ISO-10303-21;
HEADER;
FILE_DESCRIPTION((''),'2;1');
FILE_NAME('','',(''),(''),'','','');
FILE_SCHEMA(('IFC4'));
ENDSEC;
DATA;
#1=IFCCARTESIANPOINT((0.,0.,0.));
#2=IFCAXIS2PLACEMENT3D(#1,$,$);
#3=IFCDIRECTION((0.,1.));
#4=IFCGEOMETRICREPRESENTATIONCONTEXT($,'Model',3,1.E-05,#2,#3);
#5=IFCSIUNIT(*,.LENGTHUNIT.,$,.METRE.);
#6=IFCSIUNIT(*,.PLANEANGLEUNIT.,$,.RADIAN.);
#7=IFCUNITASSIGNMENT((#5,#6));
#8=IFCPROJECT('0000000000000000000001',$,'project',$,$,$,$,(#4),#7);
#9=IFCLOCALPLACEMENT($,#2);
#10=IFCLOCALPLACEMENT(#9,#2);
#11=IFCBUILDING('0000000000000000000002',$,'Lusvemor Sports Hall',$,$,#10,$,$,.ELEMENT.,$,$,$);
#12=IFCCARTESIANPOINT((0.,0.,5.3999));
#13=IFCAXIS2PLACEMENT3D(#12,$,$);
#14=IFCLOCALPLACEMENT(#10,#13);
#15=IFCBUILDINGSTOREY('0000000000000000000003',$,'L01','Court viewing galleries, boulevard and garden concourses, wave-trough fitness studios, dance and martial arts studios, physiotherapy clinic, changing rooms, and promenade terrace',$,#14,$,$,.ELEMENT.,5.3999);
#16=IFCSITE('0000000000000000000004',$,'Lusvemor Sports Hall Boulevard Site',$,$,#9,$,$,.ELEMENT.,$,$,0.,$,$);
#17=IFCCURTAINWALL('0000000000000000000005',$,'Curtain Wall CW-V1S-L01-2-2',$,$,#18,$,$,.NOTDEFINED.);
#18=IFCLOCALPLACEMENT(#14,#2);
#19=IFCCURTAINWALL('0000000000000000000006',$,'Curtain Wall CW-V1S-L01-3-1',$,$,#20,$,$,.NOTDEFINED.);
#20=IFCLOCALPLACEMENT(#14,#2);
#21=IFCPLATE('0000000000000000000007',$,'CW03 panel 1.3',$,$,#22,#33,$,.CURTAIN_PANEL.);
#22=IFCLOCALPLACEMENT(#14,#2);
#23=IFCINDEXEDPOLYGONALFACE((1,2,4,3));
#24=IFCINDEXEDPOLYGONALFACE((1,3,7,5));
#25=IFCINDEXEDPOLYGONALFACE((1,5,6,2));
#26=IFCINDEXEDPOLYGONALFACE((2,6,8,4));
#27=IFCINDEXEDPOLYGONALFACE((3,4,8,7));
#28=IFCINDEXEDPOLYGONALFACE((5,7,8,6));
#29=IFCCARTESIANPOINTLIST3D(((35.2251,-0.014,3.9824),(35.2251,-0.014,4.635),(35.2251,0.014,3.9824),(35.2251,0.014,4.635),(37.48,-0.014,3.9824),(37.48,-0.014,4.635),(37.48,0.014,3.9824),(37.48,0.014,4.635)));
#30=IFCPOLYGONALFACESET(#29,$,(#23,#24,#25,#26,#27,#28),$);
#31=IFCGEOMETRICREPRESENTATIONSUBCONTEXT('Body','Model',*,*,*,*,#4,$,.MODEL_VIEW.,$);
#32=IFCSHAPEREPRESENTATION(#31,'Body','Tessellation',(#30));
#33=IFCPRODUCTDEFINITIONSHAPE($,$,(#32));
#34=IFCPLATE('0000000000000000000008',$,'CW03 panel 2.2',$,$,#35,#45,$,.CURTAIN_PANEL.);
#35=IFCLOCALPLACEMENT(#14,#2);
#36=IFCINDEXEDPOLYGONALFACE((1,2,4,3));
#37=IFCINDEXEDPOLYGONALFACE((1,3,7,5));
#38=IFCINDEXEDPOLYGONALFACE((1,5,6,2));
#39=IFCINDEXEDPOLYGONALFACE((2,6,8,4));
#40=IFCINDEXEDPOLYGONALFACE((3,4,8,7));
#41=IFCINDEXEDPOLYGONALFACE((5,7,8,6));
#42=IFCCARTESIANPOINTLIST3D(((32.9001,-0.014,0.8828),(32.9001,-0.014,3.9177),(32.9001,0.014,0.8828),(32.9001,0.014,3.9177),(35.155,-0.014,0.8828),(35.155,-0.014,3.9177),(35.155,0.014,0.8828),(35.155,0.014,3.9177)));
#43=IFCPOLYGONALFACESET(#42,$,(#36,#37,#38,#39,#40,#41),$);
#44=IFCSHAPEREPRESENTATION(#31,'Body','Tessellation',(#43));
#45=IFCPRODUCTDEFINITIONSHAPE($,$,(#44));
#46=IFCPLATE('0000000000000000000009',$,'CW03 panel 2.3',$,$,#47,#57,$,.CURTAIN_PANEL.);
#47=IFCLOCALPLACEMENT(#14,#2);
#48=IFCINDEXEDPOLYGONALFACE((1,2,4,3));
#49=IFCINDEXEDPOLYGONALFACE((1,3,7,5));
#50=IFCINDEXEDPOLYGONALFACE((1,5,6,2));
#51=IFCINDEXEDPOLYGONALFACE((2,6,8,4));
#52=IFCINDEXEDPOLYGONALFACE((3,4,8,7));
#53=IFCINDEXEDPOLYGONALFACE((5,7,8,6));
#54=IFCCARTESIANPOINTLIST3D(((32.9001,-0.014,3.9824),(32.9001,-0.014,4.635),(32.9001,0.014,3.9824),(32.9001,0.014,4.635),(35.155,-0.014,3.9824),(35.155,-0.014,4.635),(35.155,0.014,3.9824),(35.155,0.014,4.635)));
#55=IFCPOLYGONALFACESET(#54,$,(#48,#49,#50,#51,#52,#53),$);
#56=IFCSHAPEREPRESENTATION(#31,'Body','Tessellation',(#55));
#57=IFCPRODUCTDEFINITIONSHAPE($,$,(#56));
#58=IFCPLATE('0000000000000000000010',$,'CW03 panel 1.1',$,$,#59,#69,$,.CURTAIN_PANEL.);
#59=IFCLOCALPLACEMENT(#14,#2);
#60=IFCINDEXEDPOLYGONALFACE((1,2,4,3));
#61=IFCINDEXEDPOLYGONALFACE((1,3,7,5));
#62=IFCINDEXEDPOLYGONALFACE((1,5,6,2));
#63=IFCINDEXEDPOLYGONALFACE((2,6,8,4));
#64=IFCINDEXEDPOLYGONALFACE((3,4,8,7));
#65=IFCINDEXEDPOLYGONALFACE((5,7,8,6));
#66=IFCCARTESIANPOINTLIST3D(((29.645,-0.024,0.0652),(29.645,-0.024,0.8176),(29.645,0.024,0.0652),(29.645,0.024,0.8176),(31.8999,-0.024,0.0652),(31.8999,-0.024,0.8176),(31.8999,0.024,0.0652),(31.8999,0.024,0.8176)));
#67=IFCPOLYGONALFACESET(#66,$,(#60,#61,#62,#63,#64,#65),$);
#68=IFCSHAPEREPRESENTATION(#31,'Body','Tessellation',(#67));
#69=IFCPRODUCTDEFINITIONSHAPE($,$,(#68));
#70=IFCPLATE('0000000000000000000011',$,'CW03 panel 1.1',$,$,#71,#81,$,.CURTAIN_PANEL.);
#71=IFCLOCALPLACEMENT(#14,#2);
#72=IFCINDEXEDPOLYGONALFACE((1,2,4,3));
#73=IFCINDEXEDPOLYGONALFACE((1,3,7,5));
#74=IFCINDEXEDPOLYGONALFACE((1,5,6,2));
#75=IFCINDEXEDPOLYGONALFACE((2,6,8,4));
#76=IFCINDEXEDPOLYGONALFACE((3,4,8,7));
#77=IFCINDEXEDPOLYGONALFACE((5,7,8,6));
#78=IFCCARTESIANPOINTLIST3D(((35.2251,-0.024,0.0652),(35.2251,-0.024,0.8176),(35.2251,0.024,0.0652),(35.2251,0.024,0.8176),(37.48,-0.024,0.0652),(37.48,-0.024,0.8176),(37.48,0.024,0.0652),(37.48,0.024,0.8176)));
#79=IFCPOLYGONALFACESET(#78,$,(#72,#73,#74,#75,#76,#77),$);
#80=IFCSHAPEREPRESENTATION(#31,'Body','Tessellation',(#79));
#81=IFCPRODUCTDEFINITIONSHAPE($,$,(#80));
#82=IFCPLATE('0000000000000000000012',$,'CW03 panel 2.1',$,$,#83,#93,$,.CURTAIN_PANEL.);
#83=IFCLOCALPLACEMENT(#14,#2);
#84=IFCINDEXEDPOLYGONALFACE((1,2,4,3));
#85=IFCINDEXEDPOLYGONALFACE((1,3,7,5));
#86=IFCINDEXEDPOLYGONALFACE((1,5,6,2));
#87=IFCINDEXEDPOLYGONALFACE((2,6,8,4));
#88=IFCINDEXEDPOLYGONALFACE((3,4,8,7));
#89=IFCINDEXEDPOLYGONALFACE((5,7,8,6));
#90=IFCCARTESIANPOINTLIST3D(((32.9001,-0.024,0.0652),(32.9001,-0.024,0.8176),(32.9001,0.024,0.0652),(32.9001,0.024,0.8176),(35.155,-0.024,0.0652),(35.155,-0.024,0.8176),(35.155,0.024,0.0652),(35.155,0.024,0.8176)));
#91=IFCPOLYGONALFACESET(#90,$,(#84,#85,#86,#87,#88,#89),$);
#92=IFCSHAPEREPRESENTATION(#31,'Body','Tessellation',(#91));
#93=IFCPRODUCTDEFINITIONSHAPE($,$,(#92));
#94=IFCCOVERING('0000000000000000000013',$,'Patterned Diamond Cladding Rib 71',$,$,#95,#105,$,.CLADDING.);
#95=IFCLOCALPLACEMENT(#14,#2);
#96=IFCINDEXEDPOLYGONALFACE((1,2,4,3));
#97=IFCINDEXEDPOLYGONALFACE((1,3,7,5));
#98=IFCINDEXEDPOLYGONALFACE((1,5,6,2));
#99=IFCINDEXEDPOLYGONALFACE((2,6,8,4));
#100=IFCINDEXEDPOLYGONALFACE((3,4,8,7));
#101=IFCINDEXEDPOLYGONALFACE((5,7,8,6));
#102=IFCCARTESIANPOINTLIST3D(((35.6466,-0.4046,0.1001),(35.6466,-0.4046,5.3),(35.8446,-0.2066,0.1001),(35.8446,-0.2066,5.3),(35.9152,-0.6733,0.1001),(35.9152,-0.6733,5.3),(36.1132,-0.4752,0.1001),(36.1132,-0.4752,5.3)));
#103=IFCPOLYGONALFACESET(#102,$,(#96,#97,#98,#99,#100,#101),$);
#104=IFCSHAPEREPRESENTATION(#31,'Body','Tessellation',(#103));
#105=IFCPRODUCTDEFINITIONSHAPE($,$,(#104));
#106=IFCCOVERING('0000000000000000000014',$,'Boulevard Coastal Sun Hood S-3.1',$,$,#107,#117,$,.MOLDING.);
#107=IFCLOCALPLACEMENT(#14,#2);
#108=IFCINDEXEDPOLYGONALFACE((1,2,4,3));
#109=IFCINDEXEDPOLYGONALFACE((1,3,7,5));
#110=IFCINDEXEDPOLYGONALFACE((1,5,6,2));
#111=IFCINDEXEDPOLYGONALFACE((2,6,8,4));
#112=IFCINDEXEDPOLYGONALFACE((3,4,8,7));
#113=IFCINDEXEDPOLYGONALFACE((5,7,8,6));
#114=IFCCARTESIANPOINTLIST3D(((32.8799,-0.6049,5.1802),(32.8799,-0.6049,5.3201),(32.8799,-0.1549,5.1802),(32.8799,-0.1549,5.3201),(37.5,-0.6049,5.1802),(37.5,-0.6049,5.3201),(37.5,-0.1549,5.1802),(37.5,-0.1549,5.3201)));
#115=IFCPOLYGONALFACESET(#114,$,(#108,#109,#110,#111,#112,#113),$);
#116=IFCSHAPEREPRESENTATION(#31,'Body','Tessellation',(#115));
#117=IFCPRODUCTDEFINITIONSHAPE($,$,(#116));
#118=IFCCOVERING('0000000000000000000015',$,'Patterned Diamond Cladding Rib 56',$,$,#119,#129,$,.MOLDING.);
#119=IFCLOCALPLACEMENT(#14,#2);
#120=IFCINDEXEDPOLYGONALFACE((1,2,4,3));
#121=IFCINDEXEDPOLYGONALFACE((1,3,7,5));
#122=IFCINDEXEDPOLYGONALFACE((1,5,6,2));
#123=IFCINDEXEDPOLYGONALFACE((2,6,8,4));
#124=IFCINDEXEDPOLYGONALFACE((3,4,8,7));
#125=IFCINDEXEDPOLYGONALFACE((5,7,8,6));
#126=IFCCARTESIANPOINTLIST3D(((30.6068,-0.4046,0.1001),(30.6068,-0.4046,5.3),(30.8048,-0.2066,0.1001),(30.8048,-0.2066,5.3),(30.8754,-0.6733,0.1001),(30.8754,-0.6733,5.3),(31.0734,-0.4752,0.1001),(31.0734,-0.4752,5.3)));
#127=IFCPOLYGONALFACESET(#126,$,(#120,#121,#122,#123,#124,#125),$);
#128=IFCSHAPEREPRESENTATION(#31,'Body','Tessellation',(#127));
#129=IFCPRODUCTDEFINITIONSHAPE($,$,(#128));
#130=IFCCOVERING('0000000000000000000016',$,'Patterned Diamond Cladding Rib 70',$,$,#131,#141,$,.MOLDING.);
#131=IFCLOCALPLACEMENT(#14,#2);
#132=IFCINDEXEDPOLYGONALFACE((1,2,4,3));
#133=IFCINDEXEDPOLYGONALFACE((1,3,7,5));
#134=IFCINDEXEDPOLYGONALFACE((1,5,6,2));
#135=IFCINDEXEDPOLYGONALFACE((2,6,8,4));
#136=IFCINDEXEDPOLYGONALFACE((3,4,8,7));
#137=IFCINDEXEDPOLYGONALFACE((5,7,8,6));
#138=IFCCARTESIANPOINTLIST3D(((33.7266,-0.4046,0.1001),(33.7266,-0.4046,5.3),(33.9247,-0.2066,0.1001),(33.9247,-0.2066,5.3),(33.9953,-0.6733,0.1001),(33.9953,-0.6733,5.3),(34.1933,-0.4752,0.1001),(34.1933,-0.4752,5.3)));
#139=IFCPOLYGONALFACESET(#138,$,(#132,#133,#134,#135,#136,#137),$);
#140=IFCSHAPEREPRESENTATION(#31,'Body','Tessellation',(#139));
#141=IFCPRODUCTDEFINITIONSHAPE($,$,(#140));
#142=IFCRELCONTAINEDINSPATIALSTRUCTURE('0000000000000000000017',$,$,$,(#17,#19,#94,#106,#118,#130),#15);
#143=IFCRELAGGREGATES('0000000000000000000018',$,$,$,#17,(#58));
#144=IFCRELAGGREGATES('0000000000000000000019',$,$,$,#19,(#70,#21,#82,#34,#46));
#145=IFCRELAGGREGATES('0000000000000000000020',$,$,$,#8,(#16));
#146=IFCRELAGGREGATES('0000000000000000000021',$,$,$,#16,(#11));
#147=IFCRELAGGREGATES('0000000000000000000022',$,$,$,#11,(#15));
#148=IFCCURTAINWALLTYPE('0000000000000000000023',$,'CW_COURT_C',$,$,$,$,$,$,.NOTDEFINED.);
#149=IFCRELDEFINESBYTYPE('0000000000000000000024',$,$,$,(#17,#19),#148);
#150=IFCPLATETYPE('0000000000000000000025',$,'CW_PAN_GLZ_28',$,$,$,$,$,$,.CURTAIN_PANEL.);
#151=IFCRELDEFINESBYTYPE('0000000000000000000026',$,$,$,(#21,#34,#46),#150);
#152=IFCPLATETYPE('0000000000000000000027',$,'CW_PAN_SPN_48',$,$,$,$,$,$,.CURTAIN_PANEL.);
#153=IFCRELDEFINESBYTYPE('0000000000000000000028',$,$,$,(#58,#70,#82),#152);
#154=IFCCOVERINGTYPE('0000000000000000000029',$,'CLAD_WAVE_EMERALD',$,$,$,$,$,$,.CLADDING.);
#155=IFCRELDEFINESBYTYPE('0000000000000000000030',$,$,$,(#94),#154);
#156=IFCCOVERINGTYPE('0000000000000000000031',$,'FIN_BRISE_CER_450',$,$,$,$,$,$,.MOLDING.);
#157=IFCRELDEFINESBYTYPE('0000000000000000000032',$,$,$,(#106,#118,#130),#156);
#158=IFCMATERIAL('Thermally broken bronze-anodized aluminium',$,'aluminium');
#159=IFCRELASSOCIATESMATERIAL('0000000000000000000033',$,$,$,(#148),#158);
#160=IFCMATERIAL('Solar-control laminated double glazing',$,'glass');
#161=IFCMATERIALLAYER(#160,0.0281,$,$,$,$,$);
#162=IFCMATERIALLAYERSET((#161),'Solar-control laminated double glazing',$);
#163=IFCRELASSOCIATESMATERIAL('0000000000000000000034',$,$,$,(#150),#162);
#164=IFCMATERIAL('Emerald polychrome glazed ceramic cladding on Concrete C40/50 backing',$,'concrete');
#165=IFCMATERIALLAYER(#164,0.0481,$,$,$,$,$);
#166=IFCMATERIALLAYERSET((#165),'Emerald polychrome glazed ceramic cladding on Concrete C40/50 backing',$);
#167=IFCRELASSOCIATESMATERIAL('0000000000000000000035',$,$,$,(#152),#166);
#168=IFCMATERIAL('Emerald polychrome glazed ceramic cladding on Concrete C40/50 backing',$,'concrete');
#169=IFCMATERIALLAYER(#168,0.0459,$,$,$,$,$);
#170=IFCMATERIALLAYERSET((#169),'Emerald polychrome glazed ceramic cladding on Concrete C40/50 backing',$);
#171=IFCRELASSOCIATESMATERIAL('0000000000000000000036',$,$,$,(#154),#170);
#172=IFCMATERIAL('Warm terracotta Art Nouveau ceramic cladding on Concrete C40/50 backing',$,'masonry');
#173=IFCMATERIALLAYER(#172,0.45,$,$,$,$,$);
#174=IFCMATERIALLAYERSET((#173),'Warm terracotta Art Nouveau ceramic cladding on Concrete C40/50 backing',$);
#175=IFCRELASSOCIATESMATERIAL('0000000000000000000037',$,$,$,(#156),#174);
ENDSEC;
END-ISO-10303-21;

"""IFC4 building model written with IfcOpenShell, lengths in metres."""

from ifc_helpers import new_model, si_unit, direction, frame, origin, origin_2d, place, context, subcontext, project, spatial, rectangle, extrude, material, layer, layer_set, type_object, element, aggregate, save


model = new_model("IFC4")

# Units and contexts
model_context = context("Model", 3, precision=1e-05, world=origin(), true_north=direction((0.0, 1.0)))
body_context = subcontext(model_context, "Body", "Model", "MODEL_VIEW")
ifc_project = project(units=[si_unit("LENGTHUNIT", "METRE"), si_unit("PLANEANGLEUNIT", "RADIAN")], contexts=[model_context])

# Site, building, storey
site_placement = place(None, origin())
site = spatial("IfcSite", under=ifc_project, at=site_placement, Name="Lusvemor Sports Hall Boulevard Site", CompositionType="ELEMENT", RefElevation=0.0)
building_placement = place(site_placement, origin())
building = spatial("IfcBuilding", under=site, at=building_placement, Name="Lusvemor Sports Hall", CompositionType="ELEMENT")
storey_placement = place(building_placement, frame((0.0, 0.0, 5.3999)))
storey = spatial("IfcBuildingStorey", under=building, at=storey_placement, Name="L01", Description="Court viewing galleries, boulevard and garden concourses, wave-trough fitness studios, dance and martial arts studios, physiotherapy clinic, changing rooms, and promenade terrace", CompositionType="ELEMENT", Elevation=5.3999)

# Curtain wall
ifc_material_1 = material(Name="Thermally broken bronze-anodized aluminium", Category="aluminium")
curtain_wall_type = type_object("IfcCurtainWallType", Name="CW_COURT_C", PredefinedType="NOTDEFINED", material=ifc_material_1)
curtain_wall_1_placement = place(storey_placement, origin())
curtain_wall_1 = element("IfcCurtainWall", 1, at=curtain_wall_1_placement, inside=storey, type_object=curtain_wall_type, Name="Curtain Wall CW-V1S-L01-2-2", PredefinedType="NOTDEFINED")

# Curtain wall
curtain_wall_2_placement = place(storey_placement, origin())
curtain_wall_2 = element("IfcCurtainWall", 2, at=curtain_wall_2_placement, inside=storey, type_object=curtain_wall_type, Name="Curtain Wall CW-V1S-L01-3-1", PredefinedType="NOTDEFINED")

# Plates
ifc_material_2 = material(Name="Solar-control laminated double glazing", Category="glass")
ifc_layer_1 = layer(ifc_material_2, 0.0281)
ifc_layer_set_1 = layer_set([ifc_layer_1], Name="Solar-control laminated double glazing")
plate_type_1 = type_object("IfcPlateType", Name="CW_PAN_GLZ_28", PredefinedType="CURTAIN_PANEL", material=ifc_layer_set_1)
plate_1_placement = place(storey_placement, frame((36.3525, 0.0, 3.9824), z_axis=(0.0, 0.0, 1.0), x_axis=(-1.0, 0.0, 0.0)))
plate_1 = element("IfcPlate", 3, at=plate_1_placement, type_object=plate_type_1, Name="CW03 panel 1.3", PredefinedType="CURTAIN_PANEL", context=body_context, shape_type="SweptSolid", body=[
    extrude(rectangle(XDim=2.2549, YDim=0.0281, at=origin_2d()), origin(), (0.0, 0.0, 1.0), 0.6526),
])
plate_2_placement = place(storey_placement, frame((34.0276, 0.0, 0.8828), z_axis=(0.0, 0.0, 1.0), x_axis=(-1.0, 0.0, 0.0)))
plate_2 = element("IfcPlate", 4, at=plate_2_placement, type_object=plate_type_1, Name="CW03 panel 2.2", PredefinedType="CURTAIN_PANEL", context=body_context, shape_type="SweptSolid", body=[
    extrude(rectangle(XDim=2.2549, YDim=0.0281, at=origin_2d()), origin(), (0.0, 0.0, 1.0), 3.0349),
])
plate_3_placement = place(storey_placement, frame((34.0276, 0.0, 3.9824), z_axis=(0.0, 0.0, 1.0), x_axis=(-1.0, 0.0, 0.0)))
plate_3 = element("IfcPlate", 5, at=plate_3_placement, type_object=plate_type_1, Name="CW03 panel 2.3", PredefinedType="CURTAIN_PANEL", context=body_context, shape_type="SweptSolid", body=[
    extrude(rectangle(XDim=2.2549, YDim=0.0281, at=origin_2d()), origin(), (0.0, 0.0, 1.0), 0.6526),
])
ifc_material_3 = material(Name="Emerald polychrome glazed ceramic cladding on Concrete C40/50 backing", Category="concrete")
ifc_layer_2 = layer(ifc_material_3, 0.0481)
ifc_layer_set_2 = layer_set([ifc_layer_2], Name="Emerald polychrome glazed ceramic cladding on Concrete C40/50 backing")
plate_type_2 = type_object("IfcPlateType", Name="CW_PAN_SPN_48", PredefinedType="CURTAIN_PANEL", material=ifc_layer_set_2)
plate_4_placement = place(storey_placement, frame((30.7725, 0.0, 0.0652), z_axis=(0.0, 0.0, 1.0), x_axis=(-1.0, 0.0, 0.0)))
plate_4 = element("IfcPlate", 6, at=plate_4_placement, type_object=plate_type_2, Name="CW03 panel 1.1", PredefinedType="CURTAIN_PANEL", context=body_context, shape_type="SweptSolid", body=[
    extrude(rectangle(XDim=2.2549, YDim=0.0481, at=origin_2d()), origin(), (0.0, 0.0, 1.0), 0.7524),
])
aggregate(curtain_wall_1, [plate_4])
plate_5_placement = place(storey_placement, frame((36.3525, 0.0, 0.0652), z_axis=(0.0, 0.0, 1.0), x_axis=(-1.0, 0.0, 0.0)))
plate_5 = element("IfcPlate", 7, at=plate_5_placement, type_object=plate_type_2, Name="CW03 panel 1.1", PredefinedType="CURTAIN_PANEL", context=body_context, shape_type="SweptSolid", body=[
    extrude(rectangle(XDim=2.2549, YDim=0.0481, at=origin_2d()), origin(), (0.0, 0.0, 1.0), 0.7524),
])
plate_6_placement = place(storey_placement, frame((34.0276, 0.0, 0.0652), z_axis=(0.0, 0.0, 1.0), x_axis=(-1.0, 0.0, 0.0)))
plate_6 = element("IfcPlate", 8, at=plate_6_placement, type_object=plate_type_2, Name="CW03 panel 2.1", PredefinedType="CURTAIN_PANEL", context=body_context, shape_type="SweptSolid", body=[
    extrude(rectangle(XDim=2.2549, YDim=0.0481, at=origin_2d()), origin(), (0.0, 0.0, 1.0), 0.7524),
])
aggregate(curtain_wall_2, [plate_5, plate_1, plate_6, plate_2, plate_3])

# Coverings
ifc_material_4 = material(Name="Emerald polychrome glazed ceramic cladding on Concrete C40/50 backing", Category="concrete")
ifc_layer_3 = layer(ifc_material_4, 0.0459)
ifc_layer_set_3 = layer_set([ifc_layer_3], Name="Emerald polychrome glazed ceramic cladding on Concrete C40/50 backing")
covering_type_1 = type_object("IfcCoveringType", Name="CLAD_WAVE_EMERALD", PredefinedType="CLADDING", material=ifc_layer_set_3)
covering_1_placement = place(storey_placement, frame((35.8799, -0.4399, 0.1001), z_axis=(0.0, 0.0, 1.0), x_axis=(0.707107, 0.707107, 0.0)))
element("IfcCovering", 9, at=covering_1_placement, inside=storey, type_object=covering_type_1, Name="Patterned Diamond Cladding Rib 71", PredefinedType="CLADDING", context=body_context, shape_type="SweptSolid", body=[
    extrude(rectangle(XDim=0.28, YDim=0.3799, at=origin_2d()), origin(), (0.0, 0.0, 1.0), 5.2),
])
ifc_material_5 = material(Name="Warm terracotta Art Nouveau ceramic cladding on Concrete C40/50 backing", Category="masonry")
ifc_layer_4 = layer(ifc_material_5, 0.45)
ifc_layer_set_4 = layer_set([ifc_layer_4], Name="Warm terracotta Art Nouveau ceramic cladding on Concrete C40/50 backing")
covering_type_2 = type_object("IfcCoveringType", Name="FIN_BRISE_CER_450", PredefinedType="MOLDING", material=ifc_layer_set_4)
covering_2_placement = place(storey_placement, frame((35.1899, -0.3799, 5.1802), z_axis=(0.0, 0.0, 1.0), x_axis=(1.0, 0.0, 0.0)))
element("IfcCovering", 10, at=covering_2_placement, inside=storey, type_object=covering_type_2, Name="Boulevard Coastal Sun Hood S-3.1", PredefinedType="MOLDING", context=body_context, shape_type="SweptSolid", body=[
    extrude(rectangle(XDim=4.6201, YDim=0.45, at=origin_2d()), origin(), (0.0, 0.0, 1.0), 0.1399),
])
for number, where, z_axis, x_axis, name in (
    (11, (30.8401, -0.4399, 0.1001), (0.0, 0.0, 1.0), (0.707107, 0.707107, 0.0), "Patterned Diamond Cladding Rib 56"),
    (12, (33.96, -0.4399, 0.1001), (0.0, 0.0, 1.0), (0.707107, 0.707107, 0.0), "Patterned Diamond Cladding Rib 70"),
):
    element("IfcCovering", number, at=place(storey_placement, frame(where, z_axis=z_axis, x_axis=x_axis)), inside=storey, type_object=covering_type_2, Name=name, PredefinedType="MOLDING", context=body_context, shape_type="SweptSolid", body=[
        extrude(rectangle(XDim=0.28, YDim=0.3799, at=origin_2d()), origin(), (0.0, 0.0, 1.0), 5.2),
    ])

save(model, "model.ifc")
